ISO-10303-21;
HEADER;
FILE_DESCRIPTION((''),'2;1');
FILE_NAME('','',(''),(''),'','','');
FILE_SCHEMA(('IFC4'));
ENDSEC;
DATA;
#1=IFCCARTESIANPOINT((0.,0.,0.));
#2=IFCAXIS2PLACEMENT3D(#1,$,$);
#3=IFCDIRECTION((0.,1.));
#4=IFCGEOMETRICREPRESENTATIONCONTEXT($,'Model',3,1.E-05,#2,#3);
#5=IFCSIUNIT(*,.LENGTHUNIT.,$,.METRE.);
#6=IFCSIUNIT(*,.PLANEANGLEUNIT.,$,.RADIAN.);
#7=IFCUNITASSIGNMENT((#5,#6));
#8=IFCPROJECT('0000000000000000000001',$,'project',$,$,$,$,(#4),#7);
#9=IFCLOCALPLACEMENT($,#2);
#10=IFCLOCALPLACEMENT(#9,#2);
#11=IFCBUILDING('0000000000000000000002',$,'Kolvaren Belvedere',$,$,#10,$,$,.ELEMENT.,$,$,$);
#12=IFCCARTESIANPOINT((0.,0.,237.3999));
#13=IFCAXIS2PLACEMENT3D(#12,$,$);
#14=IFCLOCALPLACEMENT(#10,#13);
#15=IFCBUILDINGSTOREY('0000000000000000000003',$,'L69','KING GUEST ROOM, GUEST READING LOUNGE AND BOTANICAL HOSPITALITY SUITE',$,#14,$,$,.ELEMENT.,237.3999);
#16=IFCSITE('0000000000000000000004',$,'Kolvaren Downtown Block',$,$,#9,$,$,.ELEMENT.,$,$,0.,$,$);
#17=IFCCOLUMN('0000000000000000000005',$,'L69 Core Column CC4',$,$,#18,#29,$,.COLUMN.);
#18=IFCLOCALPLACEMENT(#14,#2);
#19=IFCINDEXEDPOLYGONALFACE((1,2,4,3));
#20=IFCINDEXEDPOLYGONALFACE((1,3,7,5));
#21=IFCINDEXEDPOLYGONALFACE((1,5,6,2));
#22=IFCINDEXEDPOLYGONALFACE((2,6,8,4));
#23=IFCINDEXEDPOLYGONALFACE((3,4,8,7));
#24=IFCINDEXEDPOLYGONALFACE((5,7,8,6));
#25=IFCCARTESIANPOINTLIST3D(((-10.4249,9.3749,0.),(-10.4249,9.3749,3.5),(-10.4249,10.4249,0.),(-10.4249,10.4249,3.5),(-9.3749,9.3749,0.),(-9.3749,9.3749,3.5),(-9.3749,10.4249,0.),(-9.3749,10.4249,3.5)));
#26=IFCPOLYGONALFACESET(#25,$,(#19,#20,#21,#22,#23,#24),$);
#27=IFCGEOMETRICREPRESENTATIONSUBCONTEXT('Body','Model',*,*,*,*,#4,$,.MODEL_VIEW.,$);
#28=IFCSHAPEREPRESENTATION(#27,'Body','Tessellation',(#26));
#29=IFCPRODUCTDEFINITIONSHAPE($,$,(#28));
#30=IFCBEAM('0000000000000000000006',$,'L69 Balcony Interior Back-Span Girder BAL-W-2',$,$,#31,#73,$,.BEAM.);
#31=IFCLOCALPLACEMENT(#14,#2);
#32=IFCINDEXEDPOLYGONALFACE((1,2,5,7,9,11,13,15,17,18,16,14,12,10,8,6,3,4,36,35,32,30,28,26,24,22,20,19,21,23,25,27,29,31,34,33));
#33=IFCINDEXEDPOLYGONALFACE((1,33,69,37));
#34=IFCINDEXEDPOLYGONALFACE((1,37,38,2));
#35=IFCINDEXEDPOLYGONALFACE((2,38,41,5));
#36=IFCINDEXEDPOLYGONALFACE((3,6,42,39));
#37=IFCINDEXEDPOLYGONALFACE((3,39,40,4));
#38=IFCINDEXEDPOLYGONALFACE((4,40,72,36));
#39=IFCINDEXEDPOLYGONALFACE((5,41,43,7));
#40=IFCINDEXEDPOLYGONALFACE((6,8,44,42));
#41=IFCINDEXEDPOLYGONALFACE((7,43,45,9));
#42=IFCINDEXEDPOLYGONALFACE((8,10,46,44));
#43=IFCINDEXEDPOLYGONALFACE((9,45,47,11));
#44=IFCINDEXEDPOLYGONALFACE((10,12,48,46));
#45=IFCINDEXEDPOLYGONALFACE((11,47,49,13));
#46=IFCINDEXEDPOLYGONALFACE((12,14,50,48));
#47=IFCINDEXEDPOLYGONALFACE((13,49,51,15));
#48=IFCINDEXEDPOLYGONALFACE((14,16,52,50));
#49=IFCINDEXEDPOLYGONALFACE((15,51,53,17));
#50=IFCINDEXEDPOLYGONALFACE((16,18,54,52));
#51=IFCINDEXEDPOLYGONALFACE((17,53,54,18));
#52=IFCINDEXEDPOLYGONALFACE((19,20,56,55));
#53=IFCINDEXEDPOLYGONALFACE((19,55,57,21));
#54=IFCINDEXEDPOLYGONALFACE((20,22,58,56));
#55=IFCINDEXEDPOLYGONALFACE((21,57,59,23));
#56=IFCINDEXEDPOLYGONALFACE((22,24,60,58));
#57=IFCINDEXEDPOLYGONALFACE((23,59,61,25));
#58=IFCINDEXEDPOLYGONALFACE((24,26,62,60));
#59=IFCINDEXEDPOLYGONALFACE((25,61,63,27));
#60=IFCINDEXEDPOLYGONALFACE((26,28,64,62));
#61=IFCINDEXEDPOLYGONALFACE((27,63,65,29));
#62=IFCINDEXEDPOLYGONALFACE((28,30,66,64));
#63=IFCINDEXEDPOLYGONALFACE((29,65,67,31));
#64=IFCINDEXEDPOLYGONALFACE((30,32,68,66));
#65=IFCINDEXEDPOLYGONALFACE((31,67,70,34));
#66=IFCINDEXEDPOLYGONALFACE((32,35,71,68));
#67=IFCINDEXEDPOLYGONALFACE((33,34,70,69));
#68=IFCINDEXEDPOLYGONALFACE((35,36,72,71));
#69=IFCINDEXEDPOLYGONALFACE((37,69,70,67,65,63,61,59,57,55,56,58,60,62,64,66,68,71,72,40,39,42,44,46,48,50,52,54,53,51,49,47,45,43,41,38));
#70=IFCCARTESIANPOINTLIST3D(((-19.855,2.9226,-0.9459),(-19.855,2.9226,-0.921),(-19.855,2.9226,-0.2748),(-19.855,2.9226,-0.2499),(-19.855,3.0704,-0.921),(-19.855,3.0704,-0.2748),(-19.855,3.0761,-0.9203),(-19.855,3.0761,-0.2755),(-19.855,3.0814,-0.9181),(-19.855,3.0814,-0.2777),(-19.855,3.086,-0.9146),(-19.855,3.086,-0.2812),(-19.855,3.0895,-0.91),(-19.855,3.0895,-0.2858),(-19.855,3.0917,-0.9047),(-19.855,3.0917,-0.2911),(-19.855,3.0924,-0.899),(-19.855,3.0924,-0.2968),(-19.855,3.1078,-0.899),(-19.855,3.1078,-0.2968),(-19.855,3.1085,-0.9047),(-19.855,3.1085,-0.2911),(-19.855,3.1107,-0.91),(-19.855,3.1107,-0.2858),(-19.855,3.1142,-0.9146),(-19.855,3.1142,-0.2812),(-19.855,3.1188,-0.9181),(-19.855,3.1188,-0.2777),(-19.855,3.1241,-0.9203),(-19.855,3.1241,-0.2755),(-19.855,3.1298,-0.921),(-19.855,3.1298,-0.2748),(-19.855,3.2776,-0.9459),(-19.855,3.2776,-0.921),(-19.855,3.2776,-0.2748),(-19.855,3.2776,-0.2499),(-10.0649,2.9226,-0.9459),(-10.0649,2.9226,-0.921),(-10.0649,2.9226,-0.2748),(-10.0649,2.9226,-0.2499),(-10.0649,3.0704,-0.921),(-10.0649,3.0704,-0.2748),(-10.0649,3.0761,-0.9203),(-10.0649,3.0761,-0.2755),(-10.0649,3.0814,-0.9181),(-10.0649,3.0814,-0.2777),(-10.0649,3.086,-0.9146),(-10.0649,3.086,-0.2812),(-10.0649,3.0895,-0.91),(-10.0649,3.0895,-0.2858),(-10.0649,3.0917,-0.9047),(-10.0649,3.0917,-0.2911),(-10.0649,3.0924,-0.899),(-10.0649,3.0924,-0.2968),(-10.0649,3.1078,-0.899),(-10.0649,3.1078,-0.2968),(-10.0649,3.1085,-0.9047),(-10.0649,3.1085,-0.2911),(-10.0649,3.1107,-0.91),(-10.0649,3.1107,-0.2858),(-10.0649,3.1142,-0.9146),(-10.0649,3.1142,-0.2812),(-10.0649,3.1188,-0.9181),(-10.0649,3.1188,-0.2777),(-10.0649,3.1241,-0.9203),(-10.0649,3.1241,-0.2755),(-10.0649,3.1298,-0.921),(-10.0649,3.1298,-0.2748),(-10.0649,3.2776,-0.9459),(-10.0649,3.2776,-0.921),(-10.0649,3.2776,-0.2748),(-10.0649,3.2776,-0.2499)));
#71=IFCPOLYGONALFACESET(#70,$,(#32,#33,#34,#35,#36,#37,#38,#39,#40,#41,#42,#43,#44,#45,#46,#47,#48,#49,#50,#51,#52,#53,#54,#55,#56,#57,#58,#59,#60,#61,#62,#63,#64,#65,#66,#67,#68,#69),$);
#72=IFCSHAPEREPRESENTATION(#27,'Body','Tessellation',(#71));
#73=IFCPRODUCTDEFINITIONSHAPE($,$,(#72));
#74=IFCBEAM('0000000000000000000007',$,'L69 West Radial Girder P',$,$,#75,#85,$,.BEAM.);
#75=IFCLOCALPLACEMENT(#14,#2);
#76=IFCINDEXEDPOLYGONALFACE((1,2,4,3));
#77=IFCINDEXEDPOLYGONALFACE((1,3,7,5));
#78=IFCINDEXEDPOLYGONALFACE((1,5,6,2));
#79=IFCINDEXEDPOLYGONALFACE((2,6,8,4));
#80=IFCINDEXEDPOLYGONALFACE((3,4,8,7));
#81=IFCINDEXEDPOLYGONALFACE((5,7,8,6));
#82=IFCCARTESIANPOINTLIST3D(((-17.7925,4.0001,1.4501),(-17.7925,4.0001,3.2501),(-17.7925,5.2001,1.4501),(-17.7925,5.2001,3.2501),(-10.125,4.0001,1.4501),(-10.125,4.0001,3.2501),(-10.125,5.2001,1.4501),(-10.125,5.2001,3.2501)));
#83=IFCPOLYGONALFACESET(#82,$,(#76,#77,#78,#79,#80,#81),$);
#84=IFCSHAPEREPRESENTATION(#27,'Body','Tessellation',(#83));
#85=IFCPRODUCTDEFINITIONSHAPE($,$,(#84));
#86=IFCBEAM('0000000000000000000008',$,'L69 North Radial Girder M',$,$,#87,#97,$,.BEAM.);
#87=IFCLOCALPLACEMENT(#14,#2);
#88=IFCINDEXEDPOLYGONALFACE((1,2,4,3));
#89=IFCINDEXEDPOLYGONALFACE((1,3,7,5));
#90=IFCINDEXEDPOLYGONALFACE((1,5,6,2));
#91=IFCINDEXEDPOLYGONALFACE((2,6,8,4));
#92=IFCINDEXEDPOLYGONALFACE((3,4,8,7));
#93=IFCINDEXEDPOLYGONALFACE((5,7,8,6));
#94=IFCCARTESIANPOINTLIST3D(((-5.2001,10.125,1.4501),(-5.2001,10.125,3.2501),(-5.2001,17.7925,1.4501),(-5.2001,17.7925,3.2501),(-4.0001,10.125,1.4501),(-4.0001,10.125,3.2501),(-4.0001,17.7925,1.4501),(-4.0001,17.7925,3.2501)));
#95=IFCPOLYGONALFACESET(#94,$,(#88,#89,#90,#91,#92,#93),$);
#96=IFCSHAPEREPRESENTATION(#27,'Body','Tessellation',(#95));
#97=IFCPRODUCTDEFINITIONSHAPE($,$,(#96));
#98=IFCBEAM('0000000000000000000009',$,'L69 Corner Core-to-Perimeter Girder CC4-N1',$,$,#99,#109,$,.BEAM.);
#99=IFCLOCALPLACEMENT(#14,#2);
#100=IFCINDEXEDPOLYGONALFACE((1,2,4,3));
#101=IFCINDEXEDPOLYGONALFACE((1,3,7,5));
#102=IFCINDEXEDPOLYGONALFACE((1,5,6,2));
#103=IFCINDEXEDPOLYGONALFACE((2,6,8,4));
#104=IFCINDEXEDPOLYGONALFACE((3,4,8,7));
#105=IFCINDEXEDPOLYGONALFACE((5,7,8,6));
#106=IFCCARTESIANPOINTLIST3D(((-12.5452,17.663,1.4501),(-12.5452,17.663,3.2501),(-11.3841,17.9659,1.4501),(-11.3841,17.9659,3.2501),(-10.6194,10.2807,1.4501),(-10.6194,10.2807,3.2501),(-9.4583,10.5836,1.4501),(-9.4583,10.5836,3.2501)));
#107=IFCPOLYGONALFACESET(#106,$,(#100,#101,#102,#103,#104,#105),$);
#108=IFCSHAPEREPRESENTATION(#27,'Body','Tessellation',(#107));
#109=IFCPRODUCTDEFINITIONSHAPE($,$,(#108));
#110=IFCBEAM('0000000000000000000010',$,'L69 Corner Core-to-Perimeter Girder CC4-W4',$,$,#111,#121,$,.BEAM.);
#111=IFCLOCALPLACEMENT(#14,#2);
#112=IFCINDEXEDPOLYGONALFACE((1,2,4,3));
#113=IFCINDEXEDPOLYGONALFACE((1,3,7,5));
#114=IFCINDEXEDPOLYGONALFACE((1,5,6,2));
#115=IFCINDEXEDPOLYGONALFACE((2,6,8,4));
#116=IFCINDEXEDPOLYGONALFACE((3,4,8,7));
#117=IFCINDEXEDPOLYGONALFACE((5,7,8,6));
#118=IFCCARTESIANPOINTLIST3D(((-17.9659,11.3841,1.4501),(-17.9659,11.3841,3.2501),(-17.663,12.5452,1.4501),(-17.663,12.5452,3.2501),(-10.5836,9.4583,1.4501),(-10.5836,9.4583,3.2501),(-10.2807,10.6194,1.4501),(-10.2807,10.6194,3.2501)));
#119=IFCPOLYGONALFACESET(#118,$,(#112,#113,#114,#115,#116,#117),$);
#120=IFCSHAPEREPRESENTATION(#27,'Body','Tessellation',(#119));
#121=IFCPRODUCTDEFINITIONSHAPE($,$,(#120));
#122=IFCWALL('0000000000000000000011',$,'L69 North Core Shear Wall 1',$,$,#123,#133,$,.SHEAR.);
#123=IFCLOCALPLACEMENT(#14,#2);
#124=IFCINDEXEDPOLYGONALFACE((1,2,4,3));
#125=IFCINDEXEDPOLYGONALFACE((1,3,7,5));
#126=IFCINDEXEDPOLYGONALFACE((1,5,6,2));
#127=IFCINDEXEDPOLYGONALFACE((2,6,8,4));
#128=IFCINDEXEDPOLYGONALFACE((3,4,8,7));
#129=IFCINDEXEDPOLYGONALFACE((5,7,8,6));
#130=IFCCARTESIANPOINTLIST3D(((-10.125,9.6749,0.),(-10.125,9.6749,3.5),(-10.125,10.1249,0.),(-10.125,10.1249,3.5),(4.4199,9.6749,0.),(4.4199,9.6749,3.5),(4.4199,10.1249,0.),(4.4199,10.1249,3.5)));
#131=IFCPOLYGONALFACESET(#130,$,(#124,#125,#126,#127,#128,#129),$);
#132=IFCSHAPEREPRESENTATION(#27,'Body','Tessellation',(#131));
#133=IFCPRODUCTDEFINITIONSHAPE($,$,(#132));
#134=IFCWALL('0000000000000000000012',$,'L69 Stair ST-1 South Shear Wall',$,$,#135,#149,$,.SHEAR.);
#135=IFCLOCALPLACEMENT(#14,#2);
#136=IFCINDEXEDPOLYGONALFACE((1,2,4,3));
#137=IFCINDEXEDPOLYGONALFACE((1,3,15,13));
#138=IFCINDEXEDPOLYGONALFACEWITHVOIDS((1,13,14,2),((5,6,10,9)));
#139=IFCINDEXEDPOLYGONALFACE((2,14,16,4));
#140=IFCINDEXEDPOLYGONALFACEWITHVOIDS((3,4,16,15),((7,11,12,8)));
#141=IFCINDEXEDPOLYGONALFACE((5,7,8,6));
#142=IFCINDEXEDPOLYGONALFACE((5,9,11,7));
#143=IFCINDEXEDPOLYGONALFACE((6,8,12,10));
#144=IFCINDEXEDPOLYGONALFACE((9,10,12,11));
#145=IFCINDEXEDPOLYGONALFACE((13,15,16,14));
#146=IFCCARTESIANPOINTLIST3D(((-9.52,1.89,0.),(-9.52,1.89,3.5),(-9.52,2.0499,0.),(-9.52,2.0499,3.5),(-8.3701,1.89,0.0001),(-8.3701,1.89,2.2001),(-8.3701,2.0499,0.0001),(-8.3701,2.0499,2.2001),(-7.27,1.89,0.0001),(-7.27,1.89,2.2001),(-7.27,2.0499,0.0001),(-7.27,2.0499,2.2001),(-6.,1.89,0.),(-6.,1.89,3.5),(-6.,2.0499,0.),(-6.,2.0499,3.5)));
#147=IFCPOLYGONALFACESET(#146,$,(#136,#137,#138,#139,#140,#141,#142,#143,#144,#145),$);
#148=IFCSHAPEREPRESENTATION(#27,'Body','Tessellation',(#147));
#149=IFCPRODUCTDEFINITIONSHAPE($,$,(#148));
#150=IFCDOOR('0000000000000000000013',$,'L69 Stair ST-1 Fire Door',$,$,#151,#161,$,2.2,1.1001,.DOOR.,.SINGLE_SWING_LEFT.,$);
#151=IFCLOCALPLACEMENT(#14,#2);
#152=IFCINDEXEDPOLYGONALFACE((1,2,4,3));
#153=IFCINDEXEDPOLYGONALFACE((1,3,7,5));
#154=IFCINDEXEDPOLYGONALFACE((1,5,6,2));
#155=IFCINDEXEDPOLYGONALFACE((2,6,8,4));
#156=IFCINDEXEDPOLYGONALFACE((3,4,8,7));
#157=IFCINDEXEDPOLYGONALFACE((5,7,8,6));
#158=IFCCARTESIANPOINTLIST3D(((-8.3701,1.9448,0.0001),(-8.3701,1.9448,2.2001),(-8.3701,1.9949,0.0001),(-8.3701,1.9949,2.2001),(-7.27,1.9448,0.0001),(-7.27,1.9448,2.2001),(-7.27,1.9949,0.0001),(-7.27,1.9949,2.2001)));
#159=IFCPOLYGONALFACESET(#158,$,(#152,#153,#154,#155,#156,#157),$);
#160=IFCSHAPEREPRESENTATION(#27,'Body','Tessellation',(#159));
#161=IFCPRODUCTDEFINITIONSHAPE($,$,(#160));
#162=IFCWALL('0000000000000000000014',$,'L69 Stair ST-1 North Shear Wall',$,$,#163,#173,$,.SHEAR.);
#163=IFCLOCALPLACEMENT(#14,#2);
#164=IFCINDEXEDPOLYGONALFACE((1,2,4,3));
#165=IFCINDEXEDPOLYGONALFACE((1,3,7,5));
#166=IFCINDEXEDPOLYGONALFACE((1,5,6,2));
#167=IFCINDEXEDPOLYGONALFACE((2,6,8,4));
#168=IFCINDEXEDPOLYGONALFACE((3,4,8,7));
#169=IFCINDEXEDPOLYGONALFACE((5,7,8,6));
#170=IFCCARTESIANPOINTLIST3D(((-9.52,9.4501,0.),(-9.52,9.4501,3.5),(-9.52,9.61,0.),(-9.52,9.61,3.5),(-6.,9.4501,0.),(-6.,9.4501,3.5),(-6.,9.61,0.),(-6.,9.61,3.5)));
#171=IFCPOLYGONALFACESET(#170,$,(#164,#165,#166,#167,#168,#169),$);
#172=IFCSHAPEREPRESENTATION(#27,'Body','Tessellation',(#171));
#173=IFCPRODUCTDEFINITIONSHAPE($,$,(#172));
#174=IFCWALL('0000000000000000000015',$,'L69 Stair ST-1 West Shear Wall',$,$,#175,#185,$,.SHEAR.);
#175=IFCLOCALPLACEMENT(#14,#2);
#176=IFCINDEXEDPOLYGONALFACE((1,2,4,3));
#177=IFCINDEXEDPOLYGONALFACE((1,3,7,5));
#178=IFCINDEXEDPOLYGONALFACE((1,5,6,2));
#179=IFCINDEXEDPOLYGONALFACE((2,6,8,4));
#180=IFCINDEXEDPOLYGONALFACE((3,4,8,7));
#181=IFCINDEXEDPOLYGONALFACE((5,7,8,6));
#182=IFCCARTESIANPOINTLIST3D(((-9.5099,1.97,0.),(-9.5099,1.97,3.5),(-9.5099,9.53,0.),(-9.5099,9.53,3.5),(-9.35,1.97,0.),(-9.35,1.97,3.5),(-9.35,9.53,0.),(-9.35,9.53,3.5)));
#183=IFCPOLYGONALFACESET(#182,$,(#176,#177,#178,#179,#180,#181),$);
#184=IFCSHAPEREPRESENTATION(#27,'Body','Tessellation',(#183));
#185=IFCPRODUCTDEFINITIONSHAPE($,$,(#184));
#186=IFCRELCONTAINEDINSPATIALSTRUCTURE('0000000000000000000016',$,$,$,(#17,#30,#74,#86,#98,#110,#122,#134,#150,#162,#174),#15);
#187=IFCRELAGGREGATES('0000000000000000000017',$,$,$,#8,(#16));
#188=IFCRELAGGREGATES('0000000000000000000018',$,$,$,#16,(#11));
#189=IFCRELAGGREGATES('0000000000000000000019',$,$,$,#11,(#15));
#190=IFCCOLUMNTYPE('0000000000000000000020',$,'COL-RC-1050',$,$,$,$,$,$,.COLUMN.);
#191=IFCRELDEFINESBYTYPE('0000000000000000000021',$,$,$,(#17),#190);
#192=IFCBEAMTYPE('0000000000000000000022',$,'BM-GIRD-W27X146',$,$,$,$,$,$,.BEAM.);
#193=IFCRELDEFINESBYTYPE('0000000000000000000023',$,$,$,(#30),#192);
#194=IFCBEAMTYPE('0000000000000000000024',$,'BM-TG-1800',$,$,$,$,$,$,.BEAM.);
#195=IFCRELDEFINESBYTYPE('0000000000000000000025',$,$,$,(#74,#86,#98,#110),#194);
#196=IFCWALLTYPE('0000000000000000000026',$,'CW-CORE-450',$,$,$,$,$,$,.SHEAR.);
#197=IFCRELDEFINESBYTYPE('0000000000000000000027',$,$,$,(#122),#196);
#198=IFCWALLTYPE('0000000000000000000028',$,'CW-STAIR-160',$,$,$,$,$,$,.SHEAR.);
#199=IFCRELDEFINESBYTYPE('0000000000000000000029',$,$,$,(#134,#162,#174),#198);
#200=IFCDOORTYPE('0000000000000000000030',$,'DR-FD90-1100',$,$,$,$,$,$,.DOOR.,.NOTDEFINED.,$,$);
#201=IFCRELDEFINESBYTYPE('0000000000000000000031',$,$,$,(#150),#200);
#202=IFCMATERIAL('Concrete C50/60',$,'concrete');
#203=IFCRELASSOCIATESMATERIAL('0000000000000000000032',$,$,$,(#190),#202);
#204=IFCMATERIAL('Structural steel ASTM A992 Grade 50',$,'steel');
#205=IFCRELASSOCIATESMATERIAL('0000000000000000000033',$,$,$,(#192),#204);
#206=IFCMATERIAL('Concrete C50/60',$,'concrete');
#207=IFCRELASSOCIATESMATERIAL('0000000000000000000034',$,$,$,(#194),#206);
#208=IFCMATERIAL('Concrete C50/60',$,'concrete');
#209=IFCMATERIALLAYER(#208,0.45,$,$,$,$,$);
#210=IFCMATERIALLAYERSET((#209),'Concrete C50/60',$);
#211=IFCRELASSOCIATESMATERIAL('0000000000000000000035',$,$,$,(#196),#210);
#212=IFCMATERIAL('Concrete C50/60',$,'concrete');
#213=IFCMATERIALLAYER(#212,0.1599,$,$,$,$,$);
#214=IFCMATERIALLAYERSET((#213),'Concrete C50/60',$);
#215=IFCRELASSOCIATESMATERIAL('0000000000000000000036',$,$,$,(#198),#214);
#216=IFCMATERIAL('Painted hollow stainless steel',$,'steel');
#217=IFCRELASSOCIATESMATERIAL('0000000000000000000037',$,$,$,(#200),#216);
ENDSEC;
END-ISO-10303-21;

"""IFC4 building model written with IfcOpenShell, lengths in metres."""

from ifc_helpers import new_model, si_unit, direction, frame, frame_2d, origin, origin_2d, place, context, subcontext, project, spatial, rectangle, i_section, extrude, material, layer, layer_set, material_profile, profile_set, type_object, element, fill, save


model = new_model("IFC4")

# Units and contexts
model_context = context("Model", 3, precision=1e-05, world=origin(), true_north=direction((0.0, 1.0)))
body_context = subcontext(model_context, "Body", "Model", "MODEL_VIEW")
ifc_project = project(units=[si_unit("LENGTHUNIT", "METRE"), si_unit("PLANEANGLEUNIT", "RADIAN")], contexts=[model_context])

# Site, building, storey
site_placement = place(None, origin())
site = spatial("IfcSite", under=ifc_project, at=site_placement, Name="Kolvaren Downtown Block", CompositionType="ELEMENT", RefElevation=0.0)
building_placement = place(site_placement, origin())
building = spatial("IfcBuilding", under=site, at=building_placement, Name="Kolvaren Belvedere", CompositionType="ELEMENT")
storey_placement = place(building_placement, frame((0.0, 0.0, 237.3999)))
storey = spatial("IfcBuildingStorey", under=building, at=storey_placement, Name="L69", Description="KING GUEST ROOM, GUEST READING LOUNGE AND BOTANICAL HOSPITALITY SUITE", CompositionType="ELEMENT", Elevation=237.3999)

# Column
ifc_material_1 = material(Name="Concrete C50/60", Category="concrete")
ifc_material_profile_1 = material_profile(ifc_material_1, rectangle(XDim=1.05, YDim=1.05, at=origin_2d()), Name="RC 1050X1050")
ifc_profile_set_1 = profile_set([ifc_material_profile_1], Name="Concrete C50/60")
column_type = type_object("IfcColumnType", Name="COL-RC-1050", PredefinedType="COLUMN", material=ifc_profile_set_1)
column_placement = place(storey_placement, frame((-9.8999, 9.8999, 0.0), z_axis=(0.0, 0.0, 1.0), x_axis=(1.0, 0.0, 0.0)))
element("IfcColumn", 1, at=column_placement, inside=storey, type_object=column_type, Name="L69 Core Column CC4", PredefinedType="COLUMN", context=body_context, shape_type="SweptSolid", body=[
    extrude(rectangle(XDim=1.05, YDim=1.05, at=origin_2d()), origin(), (0.0, 0.0, 1.0), 3.5),
])

# Beams
ifc_material_2 = material(Name="Structural steel ASTM A992 Grade 50", Category="steel")
ifc_material_profile_2 = material_profile(ifc_material_2, i_section(OverallWidth=0.355, OverallDepth=0.696, WebThickness=0.0154, FlangeThickness=0.0249, FilletRadius=0.022, at=origin_2d()), Name="W27X146")
ifc_profile_set_2 = profile_set([ifc_material_profile_2], Name="Structural steel ASTM A992 Grade 50")
beam_type_1 = type_object("IfcBeamType", Name="BM-GIRD-W27X146", PredefinedType="BEAM", material=ifc_profile_set_2)
beam_placement = place(storey_placement, frame((-10.0649, 3.1001, -0.5979), z_axis=(-1.0, 0.0, 0.0), x_axis=(0.0, -1.0, 0.0)))
element("IfcBeam", 2, at=beam_placement, inside=storey, type_object=beam_type_1, Name="L69 Balcony Interior Back-Span Girder BAL-W-2", PredefinedType="BEAM", context=body_context, shape_type="SweptSolid", body=[
    extrude(i_section(OverallWidth=0.355, OverallDepth=0.696, WebThickness=0.0154, FlangeThickness=0.0249, FilletRadius=0.022, at=origin_2d()), origin(), (0.0, 0.0, 1.0), 9.79),
])
ifc_material_3 = material(Name="Concrete C50/60", Category="concrete")
ifc_material_profile_3 = material_profile(ifc_material_3, rectangle(XDim=1.2, YDim=1.8, at=origin_2d()), Name="RC 1200X1800")
ifc_profile_set_3 = profile_set([ifc_material_profile_3], Name="Concrete C50/60")
beam_type_2 = type_object("IfcBeamType", Name="BM-TG-1800", PredefinedType="BEAM", material=ifc_profile_set_3)
for number, where, z_axis, x_axis, name in (
    (3, (-10.125, 4.6001, 2.3501), (-1.0, 0.0, 0.0), (0.0, -1.0, 0.0), "L69 West Radial Girder P"),
    (4, (-4.6001, 10.125, 2.3501), (0.0, 1.0, 0.0), (-1.0, 0.0, 0.0), "L69 North Radial Girder M"),
):
    element("IfcBeam", number, at=place(storey_placement, frame(where, z_axis=z_axis, x_axis=x_axis)), inside=storey, type_object=beam_type_2, Name=name, PredefinedType="BEAM", context=body_context, shape_type="SweptSolid", body=[
        extrude(rectangle(XDim=1.2, YDim=1.8, at=origin_2d()), origin(), (0.0, 0.0, 1.0), 7.6675),
    ])
for number, where, z_axis, x_axis, name in (
    (5, (-10.0388, 10.4321, 2.3501), (-0.252417, 0.967619, 0.0), (-0.967619, -0.252417, 0.0), "L69 Corner Core-to-Perimeter Girder CC4-N1"),
    (6, (-10.4321, 10.0388, 2.3501), (-0.967619, 0.252417, 0.0), (-0.252417, -0.967619, 0.0), "L69 Corner Core-to-Perimeter Girder CC4-W4"),
):
    element("IfcBeam", number, at=place(storey_placement, frame(where, z_axis=z_axis, x_axis=x_axis)), inside=storey, type_object=beam_type_2, Name=name, PredefinedType="BEAM", context=body_context, shape_type="SweptSolid", body=[
        extrude(rectangle(XDim=1.2, YDim=1.8, at=origin_2d()), origin(), (0.0, 0.0, 1.0), 7.6294),
    ])

# Wall
ifc_material_4 = material(Name="Concrete C50/60", Category="concrete")
ifc_layer_1 = layer(ifc_material_4, 0.45)
ifc_layer_set_1 = layer_set([ifc_layer_1], Name="Concrete C50/60")
wall_type_1 = type_object("IfcWallType", Name="CW-CORE-450", PredefinedType="SHEAR", material=ifc_layer_set_1)
wall_1_placement = place(storey_placement, frame((-10.125, 9.8999, 0.0), z_axis=(0.0, 0.0, 1.0), x_axis=(1.0, 0.0, 0.0)))
element("IfcWall", 7, at=wall_1_placement, inside=storey, type_object=wall_type_1, Name="L69 North Core Shear Wall 1", PredefinedType="SHEAR", context=body_context, shape_type="SweptSolid", body=[
    extrude(rectangle(XDim=14.5449, YDim=0.45, at=frame_2d((7.2725, 0.0))), origin(), (0.0, 0.0, 1.0), 3.5),
])

# Wall, opening, door
ifc_material_5 = material(Name="Concrete C50/60", Category="concrete")
ifc_layer_2 = layer(ifc_material_5, 0.1599)
ifc_layer_set_2 = layer_set([ifc_layer_2], Name="Concrete C50/60")
wall_type_2 = type_object("IfcWallType", Name="CW-STAIR-160", PredefinedType="SHEAR", material=ifc_layer_set_2)
wall_2_placement = place(storey_placement, frame((-9.52, 1.97, 0.0), z_axis=(0.0, 0.0, 1.0), x_axis=(1.0, 0.0, 0.0)))
wall_2 = element("IfcWall", 8, at=wall_2_placement, inside=storey, type_object=wall_type_2, Name="L69 Stair ST-1 South Shear Wall", PredefinedType="SHEAR", context=body_context, shape_type="SweptSolid", body=[
    extrude(rectangle(XDim=3.52, YDim=0.1599, at=frame_2d((1.76, 0.0))), origin(), (0.0, 0.0, 1.0), 3.5),
])
opening_1_placement = place(wall_2_placement, frame((1.1499, 0.0, 0.0)))
opening_1 = element("IfcOpeningElement", 9, at=opening_1_placement, cuts=wall_2, PredefinedType="OPENING", context=body_context, shape_type="SweptSolid", body=[
    extrude(rectangle(XDim=1.1001, YDim=2.2, at=frame_2d((0.55, 1.1001))), frame((0.0, 0.0898, 0.0), z_axis=(0.0, -1.0, 0.0), x_axis=(1.0, 0.0, 0.0)), (0.0, 0.0, 1.0), 0.1799),
])
ifc_material_6 = material(Name="Painted hollow stainless steel", Category="steel")
door_type_1 = type_object("IfcDoorType", Name="DR-FD90-1100", OperationType="NOTDEFINED", PredefinedType="DOOR", material=ifc_material_6)
door_1_placement = place(opening_1_placement, origin())
door_1 = element("IfcDoor", 10, at=door_1_placement, inside=storey, type_object=door_type_1, Name="L69 Stair ST-1 Fire Door", OperationType="SINGLE_SWING_LEFT", OverallHeight=2.2, OverallWidth=1.1001, PredefinedType="DOOR", context=body_context, shape_type="SweptSolid", body=[
    extrude(rectangle(XDim=1.1001, YDim=2.2, at=frame_2d((0.55, 1.1001))), frame((0.0, 0.0249, 0.0), z_axis=(0.0, -1.0, 0.0), x_axis=(1.0, 0.0, 0.0)), (0.0, 0.0, 1.0), 0.05),
])
fill(opening_1, door_1)

# Walls
wall_3_placement = place(storey_placement, frame((-9.52, 9.53, 0.0), z_axis=(0.0, 0.0, 1.0), x_axis=(1.0, 0.0, 0.0)))
element("IfcWall", 11, at=wall_3_placement, inside=storey, type_object=wall_type_2, Name="L69 Stair ST-1 North Shear Wall", PredefinedType="SHEAR", context=body_context, shape_type="SweptSolid", body=[
    extrude(rectangle(XDim=3.52, YDim=0.1599, at=frame_2d((1.76, 0.0))), origin(), (0.0, 0.0, 1.0), 3.5),
])
for number, where, z_axis, x_axis, name in (
    (12, (-9.4299, 1.97, 0.0), (0.0, 0.0, 1.0), (0.0, 1.0, 0.0), "L69 Stair ST-1 West Shear Wall"),
):
    element("IfcWall", number, at=place(storey_placement, frame(where, z_axis=z_axis, x_axis=x_axis)), inside=storey, type_object=wall_type_2, Name=name, PredefinedType="SHEAR", context=body_context, shape_type="SweptSolid", body=[
        extrude(rectangle(XDim=7.5601, YDim=0.1599, at=frame_2d((3.78, 0.0))), origin(), (0.0, 0.0, 1.0), 3.5),
    ])

save(model, "model.ifc")
